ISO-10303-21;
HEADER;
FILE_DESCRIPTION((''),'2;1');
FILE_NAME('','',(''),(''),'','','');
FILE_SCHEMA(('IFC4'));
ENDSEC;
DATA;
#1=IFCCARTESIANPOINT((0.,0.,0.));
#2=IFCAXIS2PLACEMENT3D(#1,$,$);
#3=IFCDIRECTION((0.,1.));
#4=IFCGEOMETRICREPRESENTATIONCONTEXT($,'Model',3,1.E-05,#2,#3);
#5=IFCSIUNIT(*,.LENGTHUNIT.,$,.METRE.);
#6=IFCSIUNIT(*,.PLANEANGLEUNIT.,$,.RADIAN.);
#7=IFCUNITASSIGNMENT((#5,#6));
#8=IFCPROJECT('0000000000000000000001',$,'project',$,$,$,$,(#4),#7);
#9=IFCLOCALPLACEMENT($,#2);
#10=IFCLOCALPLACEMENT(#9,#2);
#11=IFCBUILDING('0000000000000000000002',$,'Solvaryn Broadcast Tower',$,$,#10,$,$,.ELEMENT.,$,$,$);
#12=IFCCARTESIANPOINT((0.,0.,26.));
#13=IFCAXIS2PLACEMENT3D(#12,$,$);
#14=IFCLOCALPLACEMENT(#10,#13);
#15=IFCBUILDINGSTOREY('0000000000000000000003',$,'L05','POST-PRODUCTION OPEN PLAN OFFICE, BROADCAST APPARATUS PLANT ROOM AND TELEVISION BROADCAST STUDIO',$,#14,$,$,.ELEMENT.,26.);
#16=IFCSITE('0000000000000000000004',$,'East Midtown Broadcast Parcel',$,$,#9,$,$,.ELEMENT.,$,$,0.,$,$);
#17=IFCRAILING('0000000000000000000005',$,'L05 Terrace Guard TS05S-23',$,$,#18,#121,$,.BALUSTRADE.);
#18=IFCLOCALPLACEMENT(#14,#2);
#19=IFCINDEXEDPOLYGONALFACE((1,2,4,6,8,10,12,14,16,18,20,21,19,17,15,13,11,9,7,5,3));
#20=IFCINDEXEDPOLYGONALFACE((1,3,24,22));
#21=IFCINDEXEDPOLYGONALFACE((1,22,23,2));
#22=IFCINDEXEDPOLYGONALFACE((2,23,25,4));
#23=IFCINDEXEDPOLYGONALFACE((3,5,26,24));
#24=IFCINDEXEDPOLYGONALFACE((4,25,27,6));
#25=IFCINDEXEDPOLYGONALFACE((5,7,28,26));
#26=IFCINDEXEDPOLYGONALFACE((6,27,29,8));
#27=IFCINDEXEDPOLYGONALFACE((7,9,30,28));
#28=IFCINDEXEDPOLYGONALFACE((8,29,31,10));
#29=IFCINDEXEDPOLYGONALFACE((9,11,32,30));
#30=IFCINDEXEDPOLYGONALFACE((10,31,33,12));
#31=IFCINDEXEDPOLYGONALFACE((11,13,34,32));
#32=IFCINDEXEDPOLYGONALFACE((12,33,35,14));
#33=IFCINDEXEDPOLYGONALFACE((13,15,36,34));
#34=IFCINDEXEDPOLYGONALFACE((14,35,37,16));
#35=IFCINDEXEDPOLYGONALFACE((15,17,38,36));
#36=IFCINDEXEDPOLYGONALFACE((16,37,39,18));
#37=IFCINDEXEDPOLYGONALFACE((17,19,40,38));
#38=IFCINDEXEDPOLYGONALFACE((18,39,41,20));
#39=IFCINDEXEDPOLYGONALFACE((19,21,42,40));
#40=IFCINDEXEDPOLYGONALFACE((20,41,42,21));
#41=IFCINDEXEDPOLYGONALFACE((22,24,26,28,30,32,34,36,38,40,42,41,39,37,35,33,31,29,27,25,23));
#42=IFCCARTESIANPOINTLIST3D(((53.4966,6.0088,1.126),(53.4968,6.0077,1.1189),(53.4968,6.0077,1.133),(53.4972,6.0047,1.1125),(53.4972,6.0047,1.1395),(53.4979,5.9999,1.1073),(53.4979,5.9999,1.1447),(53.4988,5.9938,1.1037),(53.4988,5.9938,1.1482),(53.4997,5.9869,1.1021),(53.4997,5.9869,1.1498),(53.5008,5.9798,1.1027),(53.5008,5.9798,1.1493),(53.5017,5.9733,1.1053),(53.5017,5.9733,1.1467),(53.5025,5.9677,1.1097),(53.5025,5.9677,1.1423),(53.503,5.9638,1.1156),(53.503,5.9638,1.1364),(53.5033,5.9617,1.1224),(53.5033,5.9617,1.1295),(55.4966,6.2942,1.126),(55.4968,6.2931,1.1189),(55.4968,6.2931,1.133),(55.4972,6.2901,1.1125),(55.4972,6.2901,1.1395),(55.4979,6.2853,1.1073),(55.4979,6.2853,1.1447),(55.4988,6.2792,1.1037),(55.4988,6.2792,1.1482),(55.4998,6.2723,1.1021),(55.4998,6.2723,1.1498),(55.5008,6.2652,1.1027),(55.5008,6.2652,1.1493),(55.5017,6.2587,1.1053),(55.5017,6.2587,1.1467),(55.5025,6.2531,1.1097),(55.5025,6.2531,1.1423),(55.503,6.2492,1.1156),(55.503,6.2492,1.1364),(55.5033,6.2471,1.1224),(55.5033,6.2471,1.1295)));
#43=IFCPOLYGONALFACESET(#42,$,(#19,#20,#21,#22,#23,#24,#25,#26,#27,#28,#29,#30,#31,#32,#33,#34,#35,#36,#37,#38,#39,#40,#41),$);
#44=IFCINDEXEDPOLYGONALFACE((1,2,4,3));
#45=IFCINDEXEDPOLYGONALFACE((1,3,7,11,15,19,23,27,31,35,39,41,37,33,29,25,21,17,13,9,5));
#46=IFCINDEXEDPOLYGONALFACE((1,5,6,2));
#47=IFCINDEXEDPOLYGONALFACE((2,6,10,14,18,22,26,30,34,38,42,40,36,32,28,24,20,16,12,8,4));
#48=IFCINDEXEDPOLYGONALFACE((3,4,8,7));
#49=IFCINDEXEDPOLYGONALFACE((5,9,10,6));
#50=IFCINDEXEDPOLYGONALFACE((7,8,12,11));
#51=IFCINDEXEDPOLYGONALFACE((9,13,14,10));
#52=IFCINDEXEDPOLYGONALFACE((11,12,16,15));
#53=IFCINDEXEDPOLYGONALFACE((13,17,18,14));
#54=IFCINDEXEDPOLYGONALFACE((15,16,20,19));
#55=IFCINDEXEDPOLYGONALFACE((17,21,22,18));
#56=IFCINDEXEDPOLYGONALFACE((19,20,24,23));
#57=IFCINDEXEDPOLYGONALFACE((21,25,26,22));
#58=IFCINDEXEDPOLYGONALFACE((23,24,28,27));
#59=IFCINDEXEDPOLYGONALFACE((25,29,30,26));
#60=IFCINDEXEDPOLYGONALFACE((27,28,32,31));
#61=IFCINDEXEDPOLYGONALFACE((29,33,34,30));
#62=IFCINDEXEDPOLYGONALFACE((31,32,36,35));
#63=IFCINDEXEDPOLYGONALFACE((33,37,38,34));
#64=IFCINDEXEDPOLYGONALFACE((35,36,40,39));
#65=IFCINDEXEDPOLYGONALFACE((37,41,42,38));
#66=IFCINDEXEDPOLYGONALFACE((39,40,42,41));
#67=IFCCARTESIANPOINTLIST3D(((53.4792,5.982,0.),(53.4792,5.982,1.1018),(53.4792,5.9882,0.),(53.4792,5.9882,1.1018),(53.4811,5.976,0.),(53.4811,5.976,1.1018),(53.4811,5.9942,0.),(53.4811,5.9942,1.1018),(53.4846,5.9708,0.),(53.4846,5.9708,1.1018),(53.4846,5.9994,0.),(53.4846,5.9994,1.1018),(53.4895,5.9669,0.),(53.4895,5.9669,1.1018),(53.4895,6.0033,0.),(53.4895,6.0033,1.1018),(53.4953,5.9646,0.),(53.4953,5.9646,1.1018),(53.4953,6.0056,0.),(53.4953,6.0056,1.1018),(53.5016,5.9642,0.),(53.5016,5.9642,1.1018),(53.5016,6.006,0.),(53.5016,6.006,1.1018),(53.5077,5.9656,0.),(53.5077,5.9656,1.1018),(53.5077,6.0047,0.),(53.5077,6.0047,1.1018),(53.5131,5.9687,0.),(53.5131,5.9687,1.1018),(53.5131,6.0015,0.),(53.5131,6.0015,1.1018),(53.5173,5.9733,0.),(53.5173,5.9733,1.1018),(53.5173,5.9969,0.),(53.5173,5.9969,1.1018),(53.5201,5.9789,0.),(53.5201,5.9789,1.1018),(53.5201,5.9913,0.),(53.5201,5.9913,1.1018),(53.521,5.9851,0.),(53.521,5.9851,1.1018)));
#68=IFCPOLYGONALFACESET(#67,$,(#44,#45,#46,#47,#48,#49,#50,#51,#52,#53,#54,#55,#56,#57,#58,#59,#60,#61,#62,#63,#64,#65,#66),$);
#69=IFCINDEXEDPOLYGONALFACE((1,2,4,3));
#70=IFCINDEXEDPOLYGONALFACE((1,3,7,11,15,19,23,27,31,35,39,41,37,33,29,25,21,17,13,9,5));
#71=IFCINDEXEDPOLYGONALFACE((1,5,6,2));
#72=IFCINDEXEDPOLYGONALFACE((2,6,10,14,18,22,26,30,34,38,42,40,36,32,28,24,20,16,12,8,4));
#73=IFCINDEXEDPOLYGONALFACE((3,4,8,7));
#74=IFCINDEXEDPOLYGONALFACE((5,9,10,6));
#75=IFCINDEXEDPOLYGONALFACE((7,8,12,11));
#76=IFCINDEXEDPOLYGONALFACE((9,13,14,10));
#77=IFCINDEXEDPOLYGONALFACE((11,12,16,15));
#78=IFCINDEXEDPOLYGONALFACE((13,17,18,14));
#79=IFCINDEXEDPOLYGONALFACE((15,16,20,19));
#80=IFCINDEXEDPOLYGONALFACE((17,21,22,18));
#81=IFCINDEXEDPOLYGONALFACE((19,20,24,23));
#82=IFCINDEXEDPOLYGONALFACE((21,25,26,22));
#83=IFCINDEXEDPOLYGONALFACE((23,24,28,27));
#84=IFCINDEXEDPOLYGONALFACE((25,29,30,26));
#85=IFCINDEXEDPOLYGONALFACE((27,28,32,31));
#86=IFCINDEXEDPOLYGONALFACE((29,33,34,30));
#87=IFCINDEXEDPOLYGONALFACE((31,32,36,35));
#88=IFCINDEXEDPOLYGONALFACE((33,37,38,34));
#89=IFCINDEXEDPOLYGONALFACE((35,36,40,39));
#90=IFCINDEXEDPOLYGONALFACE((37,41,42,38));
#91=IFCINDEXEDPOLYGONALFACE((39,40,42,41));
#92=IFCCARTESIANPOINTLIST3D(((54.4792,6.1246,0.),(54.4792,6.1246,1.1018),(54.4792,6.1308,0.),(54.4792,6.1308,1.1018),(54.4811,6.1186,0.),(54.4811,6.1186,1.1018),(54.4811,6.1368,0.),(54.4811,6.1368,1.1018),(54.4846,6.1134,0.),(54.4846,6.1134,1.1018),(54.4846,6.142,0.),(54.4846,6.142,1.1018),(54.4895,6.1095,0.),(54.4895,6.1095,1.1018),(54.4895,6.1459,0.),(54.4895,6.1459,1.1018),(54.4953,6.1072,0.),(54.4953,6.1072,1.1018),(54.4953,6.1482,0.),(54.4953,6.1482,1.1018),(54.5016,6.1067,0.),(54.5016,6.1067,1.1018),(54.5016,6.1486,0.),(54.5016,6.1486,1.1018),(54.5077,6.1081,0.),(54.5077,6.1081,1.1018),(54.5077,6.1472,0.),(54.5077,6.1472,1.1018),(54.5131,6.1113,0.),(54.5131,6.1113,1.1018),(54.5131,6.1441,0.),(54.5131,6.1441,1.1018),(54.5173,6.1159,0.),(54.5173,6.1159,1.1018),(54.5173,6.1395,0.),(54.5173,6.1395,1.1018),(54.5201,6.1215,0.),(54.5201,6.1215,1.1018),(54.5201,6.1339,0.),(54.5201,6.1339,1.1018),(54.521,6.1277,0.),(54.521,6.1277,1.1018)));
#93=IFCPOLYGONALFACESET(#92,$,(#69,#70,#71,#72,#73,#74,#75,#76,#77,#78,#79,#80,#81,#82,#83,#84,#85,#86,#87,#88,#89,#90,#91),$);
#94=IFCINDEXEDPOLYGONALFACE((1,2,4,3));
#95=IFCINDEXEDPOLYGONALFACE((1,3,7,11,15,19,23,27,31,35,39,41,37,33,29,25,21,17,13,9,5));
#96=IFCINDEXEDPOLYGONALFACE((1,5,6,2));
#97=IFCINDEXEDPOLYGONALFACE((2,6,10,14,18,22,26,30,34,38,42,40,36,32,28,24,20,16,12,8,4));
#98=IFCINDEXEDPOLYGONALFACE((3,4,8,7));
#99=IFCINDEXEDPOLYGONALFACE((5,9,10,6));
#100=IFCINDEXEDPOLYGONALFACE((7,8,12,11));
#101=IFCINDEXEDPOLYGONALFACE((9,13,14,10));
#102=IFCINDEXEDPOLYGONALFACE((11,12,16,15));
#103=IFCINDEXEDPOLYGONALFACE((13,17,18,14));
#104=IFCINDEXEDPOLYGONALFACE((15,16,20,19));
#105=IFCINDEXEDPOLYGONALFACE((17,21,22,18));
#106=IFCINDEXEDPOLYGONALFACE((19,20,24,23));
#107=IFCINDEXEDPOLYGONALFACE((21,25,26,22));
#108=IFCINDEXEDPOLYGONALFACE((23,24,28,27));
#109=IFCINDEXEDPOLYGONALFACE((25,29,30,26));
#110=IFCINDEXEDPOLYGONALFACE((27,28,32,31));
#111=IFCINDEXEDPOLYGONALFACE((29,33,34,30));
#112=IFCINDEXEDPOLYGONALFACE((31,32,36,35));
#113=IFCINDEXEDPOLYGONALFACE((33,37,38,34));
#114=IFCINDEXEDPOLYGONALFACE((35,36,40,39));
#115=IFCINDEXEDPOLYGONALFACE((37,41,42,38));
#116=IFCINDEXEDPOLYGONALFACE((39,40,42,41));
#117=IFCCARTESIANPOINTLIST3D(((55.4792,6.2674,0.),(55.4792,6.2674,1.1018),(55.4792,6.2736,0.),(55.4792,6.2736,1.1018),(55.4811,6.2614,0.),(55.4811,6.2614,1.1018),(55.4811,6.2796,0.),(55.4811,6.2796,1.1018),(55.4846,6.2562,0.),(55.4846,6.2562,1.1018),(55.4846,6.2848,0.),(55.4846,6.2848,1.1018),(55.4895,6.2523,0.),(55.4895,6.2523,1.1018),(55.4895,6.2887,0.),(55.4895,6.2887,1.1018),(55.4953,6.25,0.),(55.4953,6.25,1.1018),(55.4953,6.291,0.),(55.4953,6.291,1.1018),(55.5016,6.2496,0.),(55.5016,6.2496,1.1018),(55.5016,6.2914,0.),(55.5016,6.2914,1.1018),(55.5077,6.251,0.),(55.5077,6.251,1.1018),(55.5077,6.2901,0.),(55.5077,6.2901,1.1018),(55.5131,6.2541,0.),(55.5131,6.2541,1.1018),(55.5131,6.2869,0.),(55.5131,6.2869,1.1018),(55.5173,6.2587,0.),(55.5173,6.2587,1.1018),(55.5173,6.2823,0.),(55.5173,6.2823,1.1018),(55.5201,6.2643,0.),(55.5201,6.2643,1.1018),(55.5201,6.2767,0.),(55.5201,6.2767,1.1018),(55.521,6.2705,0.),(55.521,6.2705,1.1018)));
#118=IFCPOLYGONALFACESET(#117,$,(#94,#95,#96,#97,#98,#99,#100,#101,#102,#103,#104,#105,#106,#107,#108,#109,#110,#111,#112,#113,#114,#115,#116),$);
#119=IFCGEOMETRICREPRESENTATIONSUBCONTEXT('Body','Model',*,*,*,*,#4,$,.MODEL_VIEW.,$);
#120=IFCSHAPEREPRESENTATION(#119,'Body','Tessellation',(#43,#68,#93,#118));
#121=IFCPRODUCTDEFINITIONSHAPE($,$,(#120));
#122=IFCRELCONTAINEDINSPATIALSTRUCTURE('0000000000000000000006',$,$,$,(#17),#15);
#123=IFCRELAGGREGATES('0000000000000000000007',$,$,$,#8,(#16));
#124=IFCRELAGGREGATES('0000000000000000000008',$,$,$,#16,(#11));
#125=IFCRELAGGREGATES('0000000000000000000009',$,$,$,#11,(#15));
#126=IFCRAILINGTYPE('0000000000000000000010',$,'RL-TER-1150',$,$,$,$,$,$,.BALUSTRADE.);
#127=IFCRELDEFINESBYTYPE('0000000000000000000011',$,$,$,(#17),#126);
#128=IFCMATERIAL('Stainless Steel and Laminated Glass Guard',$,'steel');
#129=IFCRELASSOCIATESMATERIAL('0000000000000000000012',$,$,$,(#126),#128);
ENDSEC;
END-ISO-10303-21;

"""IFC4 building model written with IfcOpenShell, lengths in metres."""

from ifc_helpers import new_model, si_unit, direction, frame, origin, origin_2d, place, context, subcontext, project, spatial, circle, extrude, material, type_object, element, save


model = new_model("IFC4")

# Units and contexts
model_context = context("Model", 3, precision=1e-05, world=origin(), true_north=direction((0.0, 1.0)))
body_context = subcontext(model_context, "Body", "Model", "MODEL_VIEW")
ifc_project = project(units=[si_unit("LENGTHUNIT", "METRE"), si_unit("PLANEANGLEUNIT", "RADIAN")], contexts=[model_context])

# Site, building, storey
site_placement = place(None, origin())
site = spatial("IfcSite", under=ifc_project, at=site_placement, Name="East Midtown Broadcast Parcel", CompositionType="ELEMENT", RefElevation=0.0)
building_placement = place(site_placement, origin())
building = spatial("IfcBuilding", under=site, at=building_placement, Name="Solvaryn Broadcast Tower", CompositionType="ELEMENT")
storey_placement = place(building_placement, frame((0.0, 0.0, 26.0)))
storey = spatial("IfcBuildingStorey", under=building, at=storey_placement, Name="L05", Description="POST-PRODUCTION OPEN PLAN OFFICE, BROADCAST APPARATUS PLANT ROOM AND TELEVISION BROADCAST STUDIO", CompositionType="ELEMENT", Elevation=26.0)

# Railing
ifc_material_1 = material(Name="Stainless Steel and Laminated Glass Guard", Category="steel")
railing_type = type_object("IfcRailingType", Name="RL-TER-1150", PredefinedType="BALUSTRADE", material=ifc_material_1)
railing_1_placement = place(storey_placement, frame((53.5, 5.9851, 0.0)))
element("IfcRailing", 1, at=railing_1_placement, inside=storey, type_object=railing_type, Name="L05 Terrace Guard TS05S-23", PredefinedType="BALUSTRADE", context=body_context, shape_type="SweptSolid", body=[
    extrude(circle(Radius=0.0239, at=origin_2d()), frame((0.0, 0.0, 1.126), z_axis=(0.989971, 0.141269, 0.0), x_axis=(-0.141269, 0.989971, 0.0)), (0.0, 0.0, 1.0), 2.0203),
    extrude(circle(Radius=0.021, at=origin_2d()), origin(), (0.0, 0.0, 1.0), 1.1018),
    extrude(circle(Radius=0.021, at=origin_2d()), frame((1.0, 0.1426, 0.0)), (0.0, 0.0, 1.0), 1.1018),
    extrude(circle(Radius=0.021, at=origin_2d()), frame((2.0, 0.2854, 0.0)), (0.0, 0.0, 1.0), 1.1018),
])

save(model, "model.ifc")
